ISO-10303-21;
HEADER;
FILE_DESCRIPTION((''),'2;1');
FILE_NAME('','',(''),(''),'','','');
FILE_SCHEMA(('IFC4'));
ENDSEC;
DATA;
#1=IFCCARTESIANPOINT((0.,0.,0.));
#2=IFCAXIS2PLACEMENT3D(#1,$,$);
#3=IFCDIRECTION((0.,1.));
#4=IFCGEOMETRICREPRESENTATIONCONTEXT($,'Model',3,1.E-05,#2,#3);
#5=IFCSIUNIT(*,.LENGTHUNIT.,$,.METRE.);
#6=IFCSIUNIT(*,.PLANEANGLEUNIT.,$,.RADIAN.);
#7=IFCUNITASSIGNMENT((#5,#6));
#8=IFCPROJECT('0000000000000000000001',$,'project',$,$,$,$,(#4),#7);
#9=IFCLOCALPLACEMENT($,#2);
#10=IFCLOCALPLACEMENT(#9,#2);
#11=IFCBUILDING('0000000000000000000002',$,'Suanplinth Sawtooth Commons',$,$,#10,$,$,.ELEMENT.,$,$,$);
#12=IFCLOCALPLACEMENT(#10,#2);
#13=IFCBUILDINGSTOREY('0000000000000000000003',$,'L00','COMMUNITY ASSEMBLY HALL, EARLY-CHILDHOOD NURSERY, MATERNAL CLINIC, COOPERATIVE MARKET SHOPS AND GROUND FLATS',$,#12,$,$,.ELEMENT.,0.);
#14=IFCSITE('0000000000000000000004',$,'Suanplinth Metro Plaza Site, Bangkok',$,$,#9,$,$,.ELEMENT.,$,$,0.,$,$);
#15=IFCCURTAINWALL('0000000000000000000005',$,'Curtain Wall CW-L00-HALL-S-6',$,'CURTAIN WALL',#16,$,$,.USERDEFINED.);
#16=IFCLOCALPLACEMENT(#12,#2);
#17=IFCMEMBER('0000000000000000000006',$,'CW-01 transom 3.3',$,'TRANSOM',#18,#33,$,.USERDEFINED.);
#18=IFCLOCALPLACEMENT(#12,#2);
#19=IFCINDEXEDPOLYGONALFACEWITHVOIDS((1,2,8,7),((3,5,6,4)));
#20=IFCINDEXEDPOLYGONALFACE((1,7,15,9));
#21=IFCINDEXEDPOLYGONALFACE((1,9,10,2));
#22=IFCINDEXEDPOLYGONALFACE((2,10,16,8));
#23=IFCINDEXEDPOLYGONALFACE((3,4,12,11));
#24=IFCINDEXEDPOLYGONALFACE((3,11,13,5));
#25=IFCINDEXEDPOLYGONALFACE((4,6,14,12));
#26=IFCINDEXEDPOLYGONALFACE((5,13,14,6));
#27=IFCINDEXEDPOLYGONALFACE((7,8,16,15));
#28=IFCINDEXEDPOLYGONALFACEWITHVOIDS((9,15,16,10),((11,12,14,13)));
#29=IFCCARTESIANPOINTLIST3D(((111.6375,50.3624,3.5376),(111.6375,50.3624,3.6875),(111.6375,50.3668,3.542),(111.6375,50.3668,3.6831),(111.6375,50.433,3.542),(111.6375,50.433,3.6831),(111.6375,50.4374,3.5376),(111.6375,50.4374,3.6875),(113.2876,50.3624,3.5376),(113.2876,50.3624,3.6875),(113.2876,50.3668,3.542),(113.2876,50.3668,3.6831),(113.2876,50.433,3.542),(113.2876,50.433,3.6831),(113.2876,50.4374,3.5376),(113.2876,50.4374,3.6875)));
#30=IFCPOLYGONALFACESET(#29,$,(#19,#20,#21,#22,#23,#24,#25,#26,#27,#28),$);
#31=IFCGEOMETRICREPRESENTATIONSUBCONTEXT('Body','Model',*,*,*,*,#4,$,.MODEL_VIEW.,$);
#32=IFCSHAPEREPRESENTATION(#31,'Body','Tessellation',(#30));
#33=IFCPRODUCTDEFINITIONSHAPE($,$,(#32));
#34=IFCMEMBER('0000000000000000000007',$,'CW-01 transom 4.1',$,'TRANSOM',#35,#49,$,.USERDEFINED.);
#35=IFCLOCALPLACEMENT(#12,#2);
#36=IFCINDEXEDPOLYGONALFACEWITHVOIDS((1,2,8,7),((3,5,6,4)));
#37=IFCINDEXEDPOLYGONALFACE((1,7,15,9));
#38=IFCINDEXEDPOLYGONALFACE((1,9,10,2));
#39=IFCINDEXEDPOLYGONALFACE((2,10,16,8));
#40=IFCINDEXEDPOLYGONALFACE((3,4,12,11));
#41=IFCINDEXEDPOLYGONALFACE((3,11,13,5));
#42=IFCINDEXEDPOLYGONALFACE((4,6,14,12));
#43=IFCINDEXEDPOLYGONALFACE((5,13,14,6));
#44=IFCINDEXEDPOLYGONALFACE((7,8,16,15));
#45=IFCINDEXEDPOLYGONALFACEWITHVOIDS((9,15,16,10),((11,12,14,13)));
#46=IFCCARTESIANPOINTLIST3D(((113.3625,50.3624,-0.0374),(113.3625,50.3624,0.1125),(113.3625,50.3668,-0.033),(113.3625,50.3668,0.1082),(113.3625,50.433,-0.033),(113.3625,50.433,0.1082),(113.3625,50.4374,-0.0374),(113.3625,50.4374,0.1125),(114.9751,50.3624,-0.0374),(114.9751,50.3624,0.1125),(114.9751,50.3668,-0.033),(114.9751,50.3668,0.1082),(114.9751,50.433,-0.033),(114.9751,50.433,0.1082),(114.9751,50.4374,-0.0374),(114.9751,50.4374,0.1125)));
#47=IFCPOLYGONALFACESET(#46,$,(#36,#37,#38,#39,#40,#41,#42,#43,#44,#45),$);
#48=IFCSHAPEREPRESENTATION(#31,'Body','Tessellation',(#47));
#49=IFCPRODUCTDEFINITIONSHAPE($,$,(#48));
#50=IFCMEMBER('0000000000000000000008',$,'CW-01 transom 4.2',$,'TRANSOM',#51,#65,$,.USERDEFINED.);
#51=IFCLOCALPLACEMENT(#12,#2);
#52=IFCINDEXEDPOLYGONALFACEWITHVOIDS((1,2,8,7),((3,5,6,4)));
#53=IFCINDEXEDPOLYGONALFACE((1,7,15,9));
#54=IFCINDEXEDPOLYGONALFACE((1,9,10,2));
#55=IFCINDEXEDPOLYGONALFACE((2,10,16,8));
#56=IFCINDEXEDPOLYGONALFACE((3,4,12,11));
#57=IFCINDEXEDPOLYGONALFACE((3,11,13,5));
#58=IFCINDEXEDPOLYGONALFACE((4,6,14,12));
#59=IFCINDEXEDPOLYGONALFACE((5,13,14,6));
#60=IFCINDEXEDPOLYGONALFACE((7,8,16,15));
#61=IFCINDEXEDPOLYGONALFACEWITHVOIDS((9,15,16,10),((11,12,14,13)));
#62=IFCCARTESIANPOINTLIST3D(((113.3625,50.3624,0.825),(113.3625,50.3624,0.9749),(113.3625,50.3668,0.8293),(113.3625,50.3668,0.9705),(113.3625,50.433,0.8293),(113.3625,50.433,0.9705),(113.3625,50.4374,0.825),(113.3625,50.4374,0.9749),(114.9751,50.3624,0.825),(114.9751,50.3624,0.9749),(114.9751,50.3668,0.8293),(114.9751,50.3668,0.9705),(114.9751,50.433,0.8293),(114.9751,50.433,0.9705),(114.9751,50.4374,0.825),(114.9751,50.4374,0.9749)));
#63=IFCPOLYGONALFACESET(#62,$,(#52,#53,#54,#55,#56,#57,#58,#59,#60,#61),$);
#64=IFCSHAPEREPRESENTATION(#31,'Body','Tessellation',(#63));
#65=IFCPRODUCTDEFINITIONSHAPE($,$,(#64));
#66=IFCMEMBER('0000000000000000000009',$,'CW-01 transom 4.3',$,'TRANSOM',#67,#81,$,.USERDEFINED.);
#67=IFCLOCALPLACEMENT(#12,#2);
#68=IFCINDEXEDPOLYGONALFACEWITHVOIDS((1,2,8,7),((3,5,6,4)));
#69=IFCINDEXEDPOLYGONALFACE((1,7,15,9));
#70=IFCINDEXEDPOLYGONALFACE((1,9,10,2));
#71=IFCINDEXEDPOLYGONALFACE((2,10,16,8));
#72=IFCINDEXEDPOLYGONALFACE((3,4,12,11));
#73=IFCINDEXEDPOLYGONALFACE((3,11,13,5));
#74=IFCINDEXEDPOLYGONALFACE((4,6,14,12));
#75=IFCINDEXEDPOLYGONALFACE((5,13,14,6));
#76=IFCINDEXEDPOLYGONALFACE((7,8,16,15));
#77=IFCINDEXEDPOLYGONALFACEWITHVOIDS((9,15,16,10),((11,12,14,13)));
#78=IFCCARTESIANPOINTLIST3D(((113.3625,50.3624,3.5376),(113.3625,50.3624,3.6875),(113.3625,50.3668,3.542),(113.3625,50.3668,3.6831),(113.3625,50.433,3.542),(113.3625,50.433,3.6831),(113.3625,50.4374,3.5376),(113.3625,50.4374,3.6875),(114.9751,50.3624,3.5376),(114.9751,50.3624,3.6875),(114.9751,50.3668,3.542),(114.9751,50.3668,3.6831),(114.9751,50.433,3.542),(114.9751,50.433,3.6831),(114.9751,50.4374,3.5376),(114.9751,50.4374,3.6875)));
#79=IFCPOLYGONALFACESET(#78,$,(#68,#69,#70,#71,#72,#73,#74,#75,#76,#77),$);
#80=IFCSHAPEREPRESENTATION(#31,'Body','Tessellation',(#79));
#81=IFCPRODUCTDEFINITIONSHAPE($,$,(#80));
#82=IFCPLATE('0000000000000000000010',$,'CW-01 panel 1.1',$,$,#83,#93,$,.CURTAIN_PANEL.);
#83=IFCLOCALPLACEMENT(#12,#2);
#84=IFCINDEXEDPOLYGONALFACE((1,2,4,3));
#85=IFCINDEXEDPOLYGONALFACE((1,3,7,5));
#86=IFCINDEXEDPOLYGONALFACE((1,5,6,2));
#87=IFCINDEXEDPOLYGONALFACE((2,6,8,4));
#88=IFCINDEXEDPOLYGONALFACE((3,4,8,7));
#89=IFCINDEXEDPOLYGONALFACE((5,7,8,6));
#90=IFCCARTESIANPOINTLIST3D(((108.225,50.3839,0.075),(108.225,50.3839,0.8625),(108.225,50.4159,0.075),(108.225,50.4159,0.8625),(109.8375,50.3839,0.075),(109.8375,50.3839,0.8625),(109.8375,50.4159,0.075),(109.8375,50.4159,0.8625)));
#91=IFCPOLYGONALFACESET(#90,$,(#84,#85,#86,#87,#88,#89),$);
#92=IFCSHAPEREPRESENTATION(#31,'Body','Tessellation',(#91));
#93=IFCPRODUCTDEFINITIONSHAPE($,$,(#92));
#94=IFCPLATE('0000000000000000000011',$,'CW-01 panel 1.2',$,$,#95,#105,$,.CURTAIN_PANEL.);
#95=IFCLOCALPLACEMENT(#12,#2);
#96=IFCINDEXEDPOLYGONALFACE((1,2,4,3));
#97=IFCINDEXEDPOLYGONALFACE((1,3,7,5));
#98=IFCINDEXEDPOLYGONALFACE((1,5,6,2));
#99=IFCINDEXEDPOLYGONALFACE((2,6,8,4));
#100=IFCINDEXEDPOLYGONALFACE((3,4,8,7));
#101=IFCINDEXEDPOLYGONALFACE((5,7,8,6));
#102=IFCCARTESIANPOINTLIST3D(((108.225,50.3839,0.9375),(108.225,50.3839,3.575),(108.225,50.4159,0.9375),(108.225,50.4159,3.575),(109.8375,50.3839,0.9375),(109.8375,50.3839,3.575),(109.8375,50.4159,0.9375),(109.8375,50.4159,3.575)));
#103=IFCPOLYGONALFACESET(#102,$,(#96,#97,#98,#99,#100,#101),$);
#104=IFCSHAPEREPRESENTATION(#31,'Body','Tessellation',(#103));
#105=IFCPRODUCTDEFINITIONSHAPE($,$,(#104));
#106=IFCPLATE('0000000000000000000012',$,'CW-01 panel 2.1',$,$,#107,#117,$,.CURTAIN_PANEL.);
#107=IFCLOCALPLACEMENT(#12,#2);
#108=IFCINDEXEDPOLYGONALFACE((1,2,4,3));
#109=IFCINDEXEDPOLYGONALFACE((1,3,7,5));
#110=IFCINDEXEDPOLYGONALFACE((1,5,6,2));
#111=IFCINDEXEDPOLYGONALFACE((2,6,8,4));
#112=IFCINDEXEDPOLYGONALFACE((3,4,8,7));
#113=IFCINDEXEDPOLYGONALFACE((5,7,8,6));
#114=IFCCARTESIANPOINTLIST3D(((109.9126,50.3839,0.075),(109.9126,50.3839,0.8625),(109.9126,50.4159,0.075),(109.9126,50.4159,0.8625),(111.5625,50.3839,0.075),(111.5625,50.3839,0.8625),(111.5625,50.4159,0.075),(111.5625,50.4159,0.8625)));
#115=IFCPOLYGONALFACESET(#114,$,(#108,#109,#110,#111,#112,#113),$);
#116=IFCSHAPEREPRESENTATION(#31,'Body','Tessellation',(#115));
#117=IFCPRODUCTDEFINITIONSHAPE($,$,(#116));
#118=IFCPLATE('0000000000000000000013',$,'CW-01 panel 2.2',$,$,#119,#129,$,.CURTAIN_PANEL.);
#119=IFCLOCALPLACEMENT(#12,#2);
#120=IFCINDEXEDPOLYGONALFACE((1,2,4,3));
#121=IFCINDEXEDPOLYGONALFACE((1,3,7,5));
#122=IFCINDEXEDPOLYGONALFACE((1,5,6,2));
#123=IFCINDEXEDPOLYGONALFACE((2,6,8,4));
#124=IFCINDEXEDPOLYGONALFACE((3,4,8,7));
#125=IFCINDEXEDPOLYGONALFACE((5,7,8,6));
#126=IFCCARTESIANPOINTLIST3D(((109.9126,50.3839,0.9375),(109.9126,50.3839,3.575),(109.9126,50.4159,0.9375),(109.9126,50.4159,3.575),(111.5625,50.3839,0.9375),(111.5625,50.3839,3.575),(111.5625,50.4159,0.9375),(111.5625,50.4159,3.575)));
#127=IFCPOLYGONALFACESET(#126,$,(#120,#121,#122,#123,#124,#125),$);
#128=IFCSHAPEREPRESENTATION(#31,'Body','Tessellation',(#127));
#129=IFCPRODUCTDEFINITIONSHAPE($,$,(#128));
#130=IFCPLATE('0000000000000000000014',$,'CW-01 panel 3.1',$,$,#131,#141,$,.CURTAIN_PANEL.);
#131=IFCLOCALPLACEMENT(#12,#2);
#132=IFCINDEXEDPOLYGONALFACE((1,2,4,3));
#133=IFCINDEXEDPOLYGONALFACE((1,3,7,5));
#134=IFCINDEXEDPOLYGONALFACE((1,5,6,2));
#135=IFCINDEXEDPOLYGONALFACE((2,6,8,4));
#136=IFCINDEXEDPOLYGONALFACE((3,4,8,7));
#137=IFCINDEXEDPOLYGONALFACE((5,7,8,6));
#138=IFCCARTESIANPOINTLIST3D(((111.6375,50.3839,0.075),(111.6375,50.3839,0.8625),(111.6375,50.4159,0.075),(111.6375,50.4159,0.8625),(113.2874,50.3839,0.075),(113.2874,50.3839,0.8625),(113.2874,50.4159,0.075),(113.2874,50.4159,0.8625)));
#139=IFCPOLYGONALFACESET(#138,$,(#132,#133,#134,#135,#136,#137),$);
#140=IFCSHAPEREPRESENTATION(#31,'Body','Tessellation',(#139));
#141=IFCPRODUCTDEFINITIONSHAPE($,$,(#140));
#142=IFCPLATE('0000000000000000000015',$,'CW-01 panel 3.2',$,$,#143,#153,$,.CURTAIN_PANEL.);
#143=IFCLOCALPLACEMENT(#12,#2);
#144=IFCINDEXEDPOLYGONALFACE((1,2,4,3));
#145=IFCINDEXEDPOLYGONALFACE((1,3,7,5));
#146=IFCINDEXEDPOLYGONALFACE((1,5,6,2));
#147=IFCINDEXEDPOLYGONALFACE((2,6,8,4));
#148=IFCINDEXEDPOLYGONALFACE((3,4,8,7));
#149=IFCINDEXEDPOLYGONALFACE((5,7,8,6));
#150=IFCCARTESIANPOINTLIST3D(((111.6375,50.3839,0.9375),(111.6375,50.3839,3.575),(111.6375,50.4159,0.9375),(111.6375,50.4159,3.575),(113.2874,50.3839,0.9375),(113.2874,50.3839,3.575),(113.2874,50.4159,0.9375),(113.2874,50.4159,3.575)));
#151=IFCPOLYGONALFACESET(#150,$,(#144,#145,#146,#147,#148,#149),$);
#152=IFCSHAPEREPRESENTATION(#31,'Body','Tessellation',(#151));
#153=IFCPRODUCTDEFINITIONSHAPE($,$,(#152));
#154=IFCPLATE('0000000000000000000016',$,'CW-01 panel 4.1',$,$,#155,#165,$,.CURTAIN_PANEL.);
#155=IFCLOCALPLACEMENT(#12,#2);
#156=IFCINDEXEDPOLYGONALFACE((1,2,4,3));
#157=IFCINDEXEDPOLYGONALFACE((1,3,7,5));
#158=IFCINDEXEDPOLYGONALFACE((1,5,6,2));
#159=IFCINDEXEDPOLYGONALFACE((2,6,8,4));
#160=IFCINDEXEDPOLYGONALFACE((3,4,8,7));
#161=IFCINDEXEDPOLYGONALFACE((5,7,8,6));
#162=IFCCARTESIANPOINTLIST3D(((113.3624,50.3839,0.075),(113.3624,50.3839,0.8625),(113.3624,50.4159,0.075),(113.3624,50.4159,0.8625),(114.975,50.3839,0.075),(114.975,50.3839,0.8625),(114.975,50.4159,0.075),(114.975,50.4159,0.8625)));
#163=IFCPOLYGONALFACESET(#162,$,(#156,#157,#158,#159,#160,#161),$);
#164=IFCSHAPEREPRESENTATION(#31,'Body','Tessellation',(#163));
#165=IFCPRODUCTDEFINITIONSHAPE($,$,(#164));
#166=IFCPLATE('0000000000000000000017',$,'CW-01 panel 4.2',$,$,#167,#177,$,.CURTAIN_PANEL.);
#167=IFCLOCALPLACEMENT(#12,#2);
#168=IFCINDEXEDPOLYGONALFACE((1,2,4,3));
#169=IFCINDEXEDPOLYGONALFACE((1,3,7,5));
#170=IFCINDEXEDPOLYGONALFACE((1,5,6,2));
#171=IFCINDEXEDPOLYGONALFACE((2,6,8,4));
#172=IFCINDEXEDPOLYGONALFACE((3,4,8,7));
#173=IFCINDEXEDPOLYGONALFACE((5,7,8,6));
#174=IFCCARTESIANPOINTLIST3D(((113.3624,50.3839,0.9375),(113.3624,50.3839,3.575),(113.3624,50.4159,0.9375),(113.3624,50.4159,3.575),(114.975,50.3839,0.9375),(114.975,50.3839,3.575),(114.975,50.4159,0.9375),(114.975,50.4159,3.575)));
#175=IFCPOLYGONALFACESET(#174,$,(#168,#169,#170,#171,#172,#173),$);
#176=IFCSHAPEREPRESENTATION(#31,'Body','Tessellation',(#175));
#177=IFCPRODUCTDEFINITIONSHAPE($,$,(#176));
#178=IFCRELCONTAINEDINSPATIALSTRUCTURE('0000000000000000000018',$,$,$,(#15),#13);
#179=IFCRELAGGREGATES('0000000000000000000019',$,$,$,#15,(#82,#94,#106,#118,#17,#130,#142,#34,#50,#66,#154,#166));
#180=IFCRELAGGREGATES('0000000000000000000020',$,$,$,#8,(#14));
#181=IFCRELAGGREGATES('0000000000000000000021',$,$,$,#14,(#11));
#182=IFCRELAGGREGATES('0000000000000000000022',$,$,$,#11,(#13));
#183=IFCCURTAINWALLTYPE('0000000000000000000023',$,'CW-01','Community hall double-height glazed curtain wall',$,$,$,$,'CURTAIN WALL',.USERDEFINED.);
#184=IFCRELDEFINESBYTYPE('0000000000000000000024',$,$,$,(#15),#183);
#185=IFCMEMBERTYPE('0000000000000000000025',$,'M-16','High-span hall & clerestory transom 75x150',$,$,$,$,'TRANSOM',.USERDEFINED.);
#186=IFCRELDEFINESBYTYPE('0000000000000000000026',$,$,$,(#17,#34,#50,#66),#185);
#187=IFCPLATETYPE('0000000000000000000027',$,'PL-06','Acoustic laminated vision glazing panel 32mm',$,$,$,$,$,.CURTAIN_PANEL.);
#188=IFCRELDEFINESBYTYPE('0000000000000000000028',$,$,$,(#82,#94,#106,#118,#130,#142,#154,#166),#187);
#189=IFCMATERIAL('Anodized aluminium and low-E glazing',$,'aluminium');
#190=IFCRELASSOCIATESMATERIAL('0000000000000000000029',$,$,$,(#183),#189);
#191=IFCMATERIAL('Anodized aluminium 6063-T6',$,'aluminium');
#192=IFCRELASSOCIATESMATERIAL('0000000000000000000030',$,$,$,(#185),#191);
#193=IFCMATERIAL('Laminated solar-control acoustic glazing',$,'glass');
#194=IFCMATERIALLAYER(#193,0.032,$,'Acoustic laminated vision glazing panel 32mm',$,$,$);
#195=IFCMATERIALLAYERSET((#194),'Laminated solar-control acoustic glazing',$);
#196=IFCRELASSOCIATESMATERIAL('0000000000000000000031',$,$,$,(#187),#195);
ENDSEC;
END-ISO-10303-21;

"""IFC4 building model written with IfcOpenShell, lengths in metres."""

from ifc_helpers import new_model, si_unit, direction, frame, origin, origin_2d, place, context, subcontext, project, spatial, rectangle, hollow_rectangle, extrude, material, layer, layer_set, material_profile, profile_set, type_object, element, aggregate, save


model = new_model("IFC4")

# Units and contexts
model_context = context("Model", 3, precision=1e-05, world=origin(), true_north=direction((0.0, 1.0)))
body_context = subcontext(model_context, "Body", "Model", "MODEL_VIEW")
ifc_project = project(units=[si_unit("LENGTHUNIT", "METRE"), si_unit("PLANEANGLEUNIT", "RADIAN")], contexts=[model_context])

# Site, building, storey
site_placement = place(None, origin())
site = spatial("IfcSite", under=ifc_project, at=site_placement, Name="Suanplinth Metro Plaza Site, Bangkok", CompositionType="ELEMENT", RefElevation=0.0)
building_placement = place(site_placement, origin())
building = spatial("IfcBuilding", under=site, at=building_placement, Name="Suanplinth Sawtooth Commons", CompositionType="ELEMENT")
storey_placement = place(building_placement, origin())
storey = spatial("IfcBuildingStorey", under=building, at=storey_placement, Name="L00", Description="COMMUNITY ASSEMBLY HALL, EARLY-CHILDHOOD NURSERY, MATERNAL CLINIC, COOPERATIVE MARKET SHOPS AND GROUND FLATS", CompositionType="ELEMENT", Elevation=0.0)

# Shared definitions
ifc_material_1 = material(Name="Anodized aluminium and low-E glazing", Category="aluminium")
curtain_wall_type = type_object("IfcCurtainWallType", Name="CW-01", Description="Community hall double-height glazed curtain wall", ElementType="CURTAIN WALL", PredefinedType="USERDEFINED", material=ifc_material_1)
ifc_material_2 = material(Name="Anodized aluminium 6063-T6", Category="aluminium")

# Curtain wall, members, plates
curtain_wall_1_placement = place(storey_placement, origin())
curtain_wall_1 = element("IfcCurtainWall", 1, at=curtain_wall_1_placement, inside=storey, type_object=curtain_wall_type, Name="Curtain Wall CW-L00-HALL-S-6", ObjectType="CURTAIN WALL", PredefinedType="USERDEFINED")
ifc_material_profile_1 = material_profile(ifc_material_2, hollow_rectangle(XDim=0.075, YDim=0.1499, WallThickness=0.0044, at=origin_2d()), Name="ALU-TRN 75x150")
ifc_profile_set_1 = profile_set([ifc_material_profile_1], Name="Anodized aluminium 6063-T6")
member_type_1 = type_object("IfcMemberType", Name="M-16", Description="High-span hall & clerestory transom 75x150", ElementType="TRANSOM", PredefinedType="USERDEFINED", material=ifc_profile_set_1)
member_1_placement = place(storey_placement, frame((111.6375, 50.3999, 3.6125), z_axis=(1.0, 0.0, 0.0), x_axis=(0.0, 1.0, 0.0)))
member_1 = element("IfcMember", 2, at=member_1_placement, type_object=member_type_1, Name="CW-01 transom 3.3", ObjectType="TRANSOM", PredefinedType="USERDEFINED", context=body_context, shape_type="SweptSolid", body=[
    extrude(hollow_rectangle(XDim=0.075, YDim=0.1499, WallThickness=0.0044, at=origin_2d()), origin(), (0.0, 0.0, 1.0), 1.6501),
])
member_2_placement = place(storey_placement, frame((113.3625, 50.3999, 0.0376), z_axis=(1.0, 0.0, 0.0), x_axis=(0.0, 1.0, 0.0)))
member_2 = element("IfcMember", 3, at=member_2_placement, type_object=member_type_1, Name="CW-01 transom 4.1", ObjectType="TRANSOM", PredefinedType="USERDEFINED", context=body_context, shape_type="SweptSolid", body=[
    extrude(hollow_rectangle(XDim=0.075, YDim=0.1499, WallThickness=0.0044, at=origin_2d()), origin(), (0.0, 0.0, 1.0), 1.6125),
])
member_3_placement = place(storey_placement, frame((113.3625, 50.3999, 0.8999), z_axis=(1.0, 0.0, 0.0), x_axis=(0.0, 1.0, 0.0)))
member_3 = element("IfcMember", 4, at=member_3_placement, type_object=member_type_1, Name="CW-01 transom 4.2", ObjectType="TRANSOM", PredefinedType="USERDEFINED", context=body_context, shape_type="SweptSolid", body=[
    extrude(hollow_rectangle(XDim=0.075, YDim=0.1499, WallThickness=0.0044, at=origin_2d()), origin(), (0.0, 0.0, 1.0), 1.6125),
])
member_4_placement = place(storey_placement, frame((113.3625, 50.3999, 3.6125), z_axis=(1.0, 0.0, 0.0), x_axis=(0.0, 1.0, 0.0)))
member_4 = element("IfcMember", 5, at=member_4_placement, type_object=member_type_1, Name="CW-01 transom 4.3", ObjectType="TRANSOM", PredefinedType="USERDEFINED", context=body_context, shape_type="SweptSolid", body=[
    extrude(hollow_rectangle(XDim=0.075, YDim=0.1499, WallThickness=0.0044, at=origin_2d()), origin(), (0.0, 0.0, 1.0), 1.6125),
])
ifc_material_3 = material(Name="Laminated solar-control acoustic glazing", Category="glass")
ifc_layer_1 = layer(ifc_material_3, 0.032, Name="Acoustic laminated vision glazing panel 32mm")
ifc_layer_set_1 = layer_set([ifc_layer_1], Name="Laminated solar-control acoustic glazing")
plate_type = type_object("IfcPlateType", Name="PL-06", Description="Acoustic laminated vision glazing panel 32mm", PredefinedType="CURTAIN_PANEL", material=ifc_layer_set_1)
plate_1_placement = place(storey_placement, frame((109.0312, 50.3999, 0.075), z_axis=(0.0, 0.0, 1.0), x_axis=(1.0, 0.0, 0.0)))
plate_1 = element("IfcPlate", 6, at=plate_1_placement, type_object=plate_type, Name="CW-01 panel 1.1", PredefinedType="CURTAIN_PANEL", context=body_context, shape_type="SweptSolid", body=[
    extrude(rectangle(XDim=1.6125, YDim=0.032, at=origin_2d()), origin(), (0.0, 0.0, 1.0), 0.7876),
])
plate_2_placement = place(storey_placement, frame((109.0312, 50.3999, 0.9375), z_axis=(0.0, 0.0, 1.0), x_axis=(1.0, 0.0, 0.0)))
plate_2 = element("IfcPlate", 7, at=plate_2_placement, type_object=plate_type, Name="CW-01 panel 1.2", PredefinedType="CURTAIN_PANEL", context=body_context, shape_type="SweptSolid", body=[
    extrude(rectangle(XDim=1.6125, YDim=0.032, at=origin_2d()), origin(), (0.0, 0.0, 1.0), 2.6375),
])
plate_3_placement = place(storey_placement, frame((110.7375, 50.3999, 0.075), z_axis=(0.0, 0.0, 1.0), x_axis=(1.0, 0.0, 0.0)))
plate_3 = element("IfcPlate", 8, at=plate_3_placement, type_object=plate_type, Name="CW-01 panel 2.1", PredefinedType="CURTAIN_PANEL", context=body_context, shape_type="SweptSolid", body=[
    extrude(rectangle(XDim=1.6499, YDim=0.032, at=origin_2d()), origin(), (0.0, 0.0, 1.0), 0.7876),
])
plate_4_placement = place(storey_placement, frame((110.7375, 50.3999, 0.9375), z_axis=(0.0, 0.0, 1.0), x_axis=(1.0, 0.0, 0.0)))
plate_4 = element("IfcPlate", 9, at=plate_4_placement, type_object=plate_type, Name="CW-01 panel 2.2", PredefinedType="CURTAIN_PANEL", context=body_context, shape_type="SweptSolid", body=[
    extrude(rectangle(XDim=1.6499, YDim=0.032, at=origin_2d()), origin(), (0.0, 0.0, 1.0), 2.6375),
])
plate_5_placement = place(storey_placement, frame((112.4624, 50.3999, 0.075), z_axis=(0.0, 0.0, 1.0), x_axis=(1.0, 0.0, 0.0)))
plate_5 = element("IfcPlate", 10, at=plate_5_placement, type_object=plate_type, Name="CW-01 panel 3.1", PredefinedType="CURTAIN_PANEL", context=body_context, shape_type="SweptSolid", body=[
    extrude(rectangle(XDim=1.6499, YDim=0.032, at=origin_2d()), origin(), (0.0, 0.0, 1.0), 0.7876),
])
plate_6_placement = place(storey_placement, frame((112.4624, 50.3999, 0.9375), z_axis=(0.0, 0.0, 1.0), x_axis=(1.0, 0.0, 0.0)))
plate_6 = element("IfcPlate", 11, at=plate_6_placement, type_object=plate_type, Name="CW-01 panel 3.2", PredefinedType="CURTAIN_PANEL", context=body_context, shape_type="SweptSolid", body=[
    extrude(rectangle(XDim=1.6499, YDim=0.032, at=origin_2d()), origin(), (0.0, 0.0, 1.0), 2.6375),
])
plate_7_placement = place(storey_placement, frame((114.1687, 50.3999, 0.075), z_axis=(0.0, 0.0, 1.0), x_axis=(1.0, 0.0, 0.0)))
plate_7 = element("IfcPlate", 12, at=plate_7_placement, type_object=plate_type, Name="CW-01 panel 4.1", PredefinedType="CURTAIN_PANEL", context=body_context, shape_type="SweptSolid", body=[
    extrude(rectangle(XDim=1.6125, YDim=0.032, at=origin_2d()), origin(), (0.0, 0.0, 1.0), 0.7876),
])
plate_8_placement = place(storey_placement, frame((114.1687, 50.3999, 0.9375), z_axis=(0.0, 0.0, 1.0), x_axis=(1.0, 0.0, 0.0)))
plate_8 = element("IfcPlate", 13, at=plate_8_placement, type_object=plate_type, Name="CW-01 panel 4.2", PredefinedType="CURTAIN_PANEL", context=body_context, shape_type="SweptSolid", body=[
    extrude(rectangle(XDim=1.6125, YDim=0.032, at=origin_2d()), origin(), (0.0, 0.0, 1.0), 2.6375),
])
aggregate(curtain_wall_1, [plate_1, plate_2, plate_3, plate_4, member_1, plate_5, plate_6, member_2, member_3, member_4, plate_7, plate_8])

save(model, "model.ifc")
